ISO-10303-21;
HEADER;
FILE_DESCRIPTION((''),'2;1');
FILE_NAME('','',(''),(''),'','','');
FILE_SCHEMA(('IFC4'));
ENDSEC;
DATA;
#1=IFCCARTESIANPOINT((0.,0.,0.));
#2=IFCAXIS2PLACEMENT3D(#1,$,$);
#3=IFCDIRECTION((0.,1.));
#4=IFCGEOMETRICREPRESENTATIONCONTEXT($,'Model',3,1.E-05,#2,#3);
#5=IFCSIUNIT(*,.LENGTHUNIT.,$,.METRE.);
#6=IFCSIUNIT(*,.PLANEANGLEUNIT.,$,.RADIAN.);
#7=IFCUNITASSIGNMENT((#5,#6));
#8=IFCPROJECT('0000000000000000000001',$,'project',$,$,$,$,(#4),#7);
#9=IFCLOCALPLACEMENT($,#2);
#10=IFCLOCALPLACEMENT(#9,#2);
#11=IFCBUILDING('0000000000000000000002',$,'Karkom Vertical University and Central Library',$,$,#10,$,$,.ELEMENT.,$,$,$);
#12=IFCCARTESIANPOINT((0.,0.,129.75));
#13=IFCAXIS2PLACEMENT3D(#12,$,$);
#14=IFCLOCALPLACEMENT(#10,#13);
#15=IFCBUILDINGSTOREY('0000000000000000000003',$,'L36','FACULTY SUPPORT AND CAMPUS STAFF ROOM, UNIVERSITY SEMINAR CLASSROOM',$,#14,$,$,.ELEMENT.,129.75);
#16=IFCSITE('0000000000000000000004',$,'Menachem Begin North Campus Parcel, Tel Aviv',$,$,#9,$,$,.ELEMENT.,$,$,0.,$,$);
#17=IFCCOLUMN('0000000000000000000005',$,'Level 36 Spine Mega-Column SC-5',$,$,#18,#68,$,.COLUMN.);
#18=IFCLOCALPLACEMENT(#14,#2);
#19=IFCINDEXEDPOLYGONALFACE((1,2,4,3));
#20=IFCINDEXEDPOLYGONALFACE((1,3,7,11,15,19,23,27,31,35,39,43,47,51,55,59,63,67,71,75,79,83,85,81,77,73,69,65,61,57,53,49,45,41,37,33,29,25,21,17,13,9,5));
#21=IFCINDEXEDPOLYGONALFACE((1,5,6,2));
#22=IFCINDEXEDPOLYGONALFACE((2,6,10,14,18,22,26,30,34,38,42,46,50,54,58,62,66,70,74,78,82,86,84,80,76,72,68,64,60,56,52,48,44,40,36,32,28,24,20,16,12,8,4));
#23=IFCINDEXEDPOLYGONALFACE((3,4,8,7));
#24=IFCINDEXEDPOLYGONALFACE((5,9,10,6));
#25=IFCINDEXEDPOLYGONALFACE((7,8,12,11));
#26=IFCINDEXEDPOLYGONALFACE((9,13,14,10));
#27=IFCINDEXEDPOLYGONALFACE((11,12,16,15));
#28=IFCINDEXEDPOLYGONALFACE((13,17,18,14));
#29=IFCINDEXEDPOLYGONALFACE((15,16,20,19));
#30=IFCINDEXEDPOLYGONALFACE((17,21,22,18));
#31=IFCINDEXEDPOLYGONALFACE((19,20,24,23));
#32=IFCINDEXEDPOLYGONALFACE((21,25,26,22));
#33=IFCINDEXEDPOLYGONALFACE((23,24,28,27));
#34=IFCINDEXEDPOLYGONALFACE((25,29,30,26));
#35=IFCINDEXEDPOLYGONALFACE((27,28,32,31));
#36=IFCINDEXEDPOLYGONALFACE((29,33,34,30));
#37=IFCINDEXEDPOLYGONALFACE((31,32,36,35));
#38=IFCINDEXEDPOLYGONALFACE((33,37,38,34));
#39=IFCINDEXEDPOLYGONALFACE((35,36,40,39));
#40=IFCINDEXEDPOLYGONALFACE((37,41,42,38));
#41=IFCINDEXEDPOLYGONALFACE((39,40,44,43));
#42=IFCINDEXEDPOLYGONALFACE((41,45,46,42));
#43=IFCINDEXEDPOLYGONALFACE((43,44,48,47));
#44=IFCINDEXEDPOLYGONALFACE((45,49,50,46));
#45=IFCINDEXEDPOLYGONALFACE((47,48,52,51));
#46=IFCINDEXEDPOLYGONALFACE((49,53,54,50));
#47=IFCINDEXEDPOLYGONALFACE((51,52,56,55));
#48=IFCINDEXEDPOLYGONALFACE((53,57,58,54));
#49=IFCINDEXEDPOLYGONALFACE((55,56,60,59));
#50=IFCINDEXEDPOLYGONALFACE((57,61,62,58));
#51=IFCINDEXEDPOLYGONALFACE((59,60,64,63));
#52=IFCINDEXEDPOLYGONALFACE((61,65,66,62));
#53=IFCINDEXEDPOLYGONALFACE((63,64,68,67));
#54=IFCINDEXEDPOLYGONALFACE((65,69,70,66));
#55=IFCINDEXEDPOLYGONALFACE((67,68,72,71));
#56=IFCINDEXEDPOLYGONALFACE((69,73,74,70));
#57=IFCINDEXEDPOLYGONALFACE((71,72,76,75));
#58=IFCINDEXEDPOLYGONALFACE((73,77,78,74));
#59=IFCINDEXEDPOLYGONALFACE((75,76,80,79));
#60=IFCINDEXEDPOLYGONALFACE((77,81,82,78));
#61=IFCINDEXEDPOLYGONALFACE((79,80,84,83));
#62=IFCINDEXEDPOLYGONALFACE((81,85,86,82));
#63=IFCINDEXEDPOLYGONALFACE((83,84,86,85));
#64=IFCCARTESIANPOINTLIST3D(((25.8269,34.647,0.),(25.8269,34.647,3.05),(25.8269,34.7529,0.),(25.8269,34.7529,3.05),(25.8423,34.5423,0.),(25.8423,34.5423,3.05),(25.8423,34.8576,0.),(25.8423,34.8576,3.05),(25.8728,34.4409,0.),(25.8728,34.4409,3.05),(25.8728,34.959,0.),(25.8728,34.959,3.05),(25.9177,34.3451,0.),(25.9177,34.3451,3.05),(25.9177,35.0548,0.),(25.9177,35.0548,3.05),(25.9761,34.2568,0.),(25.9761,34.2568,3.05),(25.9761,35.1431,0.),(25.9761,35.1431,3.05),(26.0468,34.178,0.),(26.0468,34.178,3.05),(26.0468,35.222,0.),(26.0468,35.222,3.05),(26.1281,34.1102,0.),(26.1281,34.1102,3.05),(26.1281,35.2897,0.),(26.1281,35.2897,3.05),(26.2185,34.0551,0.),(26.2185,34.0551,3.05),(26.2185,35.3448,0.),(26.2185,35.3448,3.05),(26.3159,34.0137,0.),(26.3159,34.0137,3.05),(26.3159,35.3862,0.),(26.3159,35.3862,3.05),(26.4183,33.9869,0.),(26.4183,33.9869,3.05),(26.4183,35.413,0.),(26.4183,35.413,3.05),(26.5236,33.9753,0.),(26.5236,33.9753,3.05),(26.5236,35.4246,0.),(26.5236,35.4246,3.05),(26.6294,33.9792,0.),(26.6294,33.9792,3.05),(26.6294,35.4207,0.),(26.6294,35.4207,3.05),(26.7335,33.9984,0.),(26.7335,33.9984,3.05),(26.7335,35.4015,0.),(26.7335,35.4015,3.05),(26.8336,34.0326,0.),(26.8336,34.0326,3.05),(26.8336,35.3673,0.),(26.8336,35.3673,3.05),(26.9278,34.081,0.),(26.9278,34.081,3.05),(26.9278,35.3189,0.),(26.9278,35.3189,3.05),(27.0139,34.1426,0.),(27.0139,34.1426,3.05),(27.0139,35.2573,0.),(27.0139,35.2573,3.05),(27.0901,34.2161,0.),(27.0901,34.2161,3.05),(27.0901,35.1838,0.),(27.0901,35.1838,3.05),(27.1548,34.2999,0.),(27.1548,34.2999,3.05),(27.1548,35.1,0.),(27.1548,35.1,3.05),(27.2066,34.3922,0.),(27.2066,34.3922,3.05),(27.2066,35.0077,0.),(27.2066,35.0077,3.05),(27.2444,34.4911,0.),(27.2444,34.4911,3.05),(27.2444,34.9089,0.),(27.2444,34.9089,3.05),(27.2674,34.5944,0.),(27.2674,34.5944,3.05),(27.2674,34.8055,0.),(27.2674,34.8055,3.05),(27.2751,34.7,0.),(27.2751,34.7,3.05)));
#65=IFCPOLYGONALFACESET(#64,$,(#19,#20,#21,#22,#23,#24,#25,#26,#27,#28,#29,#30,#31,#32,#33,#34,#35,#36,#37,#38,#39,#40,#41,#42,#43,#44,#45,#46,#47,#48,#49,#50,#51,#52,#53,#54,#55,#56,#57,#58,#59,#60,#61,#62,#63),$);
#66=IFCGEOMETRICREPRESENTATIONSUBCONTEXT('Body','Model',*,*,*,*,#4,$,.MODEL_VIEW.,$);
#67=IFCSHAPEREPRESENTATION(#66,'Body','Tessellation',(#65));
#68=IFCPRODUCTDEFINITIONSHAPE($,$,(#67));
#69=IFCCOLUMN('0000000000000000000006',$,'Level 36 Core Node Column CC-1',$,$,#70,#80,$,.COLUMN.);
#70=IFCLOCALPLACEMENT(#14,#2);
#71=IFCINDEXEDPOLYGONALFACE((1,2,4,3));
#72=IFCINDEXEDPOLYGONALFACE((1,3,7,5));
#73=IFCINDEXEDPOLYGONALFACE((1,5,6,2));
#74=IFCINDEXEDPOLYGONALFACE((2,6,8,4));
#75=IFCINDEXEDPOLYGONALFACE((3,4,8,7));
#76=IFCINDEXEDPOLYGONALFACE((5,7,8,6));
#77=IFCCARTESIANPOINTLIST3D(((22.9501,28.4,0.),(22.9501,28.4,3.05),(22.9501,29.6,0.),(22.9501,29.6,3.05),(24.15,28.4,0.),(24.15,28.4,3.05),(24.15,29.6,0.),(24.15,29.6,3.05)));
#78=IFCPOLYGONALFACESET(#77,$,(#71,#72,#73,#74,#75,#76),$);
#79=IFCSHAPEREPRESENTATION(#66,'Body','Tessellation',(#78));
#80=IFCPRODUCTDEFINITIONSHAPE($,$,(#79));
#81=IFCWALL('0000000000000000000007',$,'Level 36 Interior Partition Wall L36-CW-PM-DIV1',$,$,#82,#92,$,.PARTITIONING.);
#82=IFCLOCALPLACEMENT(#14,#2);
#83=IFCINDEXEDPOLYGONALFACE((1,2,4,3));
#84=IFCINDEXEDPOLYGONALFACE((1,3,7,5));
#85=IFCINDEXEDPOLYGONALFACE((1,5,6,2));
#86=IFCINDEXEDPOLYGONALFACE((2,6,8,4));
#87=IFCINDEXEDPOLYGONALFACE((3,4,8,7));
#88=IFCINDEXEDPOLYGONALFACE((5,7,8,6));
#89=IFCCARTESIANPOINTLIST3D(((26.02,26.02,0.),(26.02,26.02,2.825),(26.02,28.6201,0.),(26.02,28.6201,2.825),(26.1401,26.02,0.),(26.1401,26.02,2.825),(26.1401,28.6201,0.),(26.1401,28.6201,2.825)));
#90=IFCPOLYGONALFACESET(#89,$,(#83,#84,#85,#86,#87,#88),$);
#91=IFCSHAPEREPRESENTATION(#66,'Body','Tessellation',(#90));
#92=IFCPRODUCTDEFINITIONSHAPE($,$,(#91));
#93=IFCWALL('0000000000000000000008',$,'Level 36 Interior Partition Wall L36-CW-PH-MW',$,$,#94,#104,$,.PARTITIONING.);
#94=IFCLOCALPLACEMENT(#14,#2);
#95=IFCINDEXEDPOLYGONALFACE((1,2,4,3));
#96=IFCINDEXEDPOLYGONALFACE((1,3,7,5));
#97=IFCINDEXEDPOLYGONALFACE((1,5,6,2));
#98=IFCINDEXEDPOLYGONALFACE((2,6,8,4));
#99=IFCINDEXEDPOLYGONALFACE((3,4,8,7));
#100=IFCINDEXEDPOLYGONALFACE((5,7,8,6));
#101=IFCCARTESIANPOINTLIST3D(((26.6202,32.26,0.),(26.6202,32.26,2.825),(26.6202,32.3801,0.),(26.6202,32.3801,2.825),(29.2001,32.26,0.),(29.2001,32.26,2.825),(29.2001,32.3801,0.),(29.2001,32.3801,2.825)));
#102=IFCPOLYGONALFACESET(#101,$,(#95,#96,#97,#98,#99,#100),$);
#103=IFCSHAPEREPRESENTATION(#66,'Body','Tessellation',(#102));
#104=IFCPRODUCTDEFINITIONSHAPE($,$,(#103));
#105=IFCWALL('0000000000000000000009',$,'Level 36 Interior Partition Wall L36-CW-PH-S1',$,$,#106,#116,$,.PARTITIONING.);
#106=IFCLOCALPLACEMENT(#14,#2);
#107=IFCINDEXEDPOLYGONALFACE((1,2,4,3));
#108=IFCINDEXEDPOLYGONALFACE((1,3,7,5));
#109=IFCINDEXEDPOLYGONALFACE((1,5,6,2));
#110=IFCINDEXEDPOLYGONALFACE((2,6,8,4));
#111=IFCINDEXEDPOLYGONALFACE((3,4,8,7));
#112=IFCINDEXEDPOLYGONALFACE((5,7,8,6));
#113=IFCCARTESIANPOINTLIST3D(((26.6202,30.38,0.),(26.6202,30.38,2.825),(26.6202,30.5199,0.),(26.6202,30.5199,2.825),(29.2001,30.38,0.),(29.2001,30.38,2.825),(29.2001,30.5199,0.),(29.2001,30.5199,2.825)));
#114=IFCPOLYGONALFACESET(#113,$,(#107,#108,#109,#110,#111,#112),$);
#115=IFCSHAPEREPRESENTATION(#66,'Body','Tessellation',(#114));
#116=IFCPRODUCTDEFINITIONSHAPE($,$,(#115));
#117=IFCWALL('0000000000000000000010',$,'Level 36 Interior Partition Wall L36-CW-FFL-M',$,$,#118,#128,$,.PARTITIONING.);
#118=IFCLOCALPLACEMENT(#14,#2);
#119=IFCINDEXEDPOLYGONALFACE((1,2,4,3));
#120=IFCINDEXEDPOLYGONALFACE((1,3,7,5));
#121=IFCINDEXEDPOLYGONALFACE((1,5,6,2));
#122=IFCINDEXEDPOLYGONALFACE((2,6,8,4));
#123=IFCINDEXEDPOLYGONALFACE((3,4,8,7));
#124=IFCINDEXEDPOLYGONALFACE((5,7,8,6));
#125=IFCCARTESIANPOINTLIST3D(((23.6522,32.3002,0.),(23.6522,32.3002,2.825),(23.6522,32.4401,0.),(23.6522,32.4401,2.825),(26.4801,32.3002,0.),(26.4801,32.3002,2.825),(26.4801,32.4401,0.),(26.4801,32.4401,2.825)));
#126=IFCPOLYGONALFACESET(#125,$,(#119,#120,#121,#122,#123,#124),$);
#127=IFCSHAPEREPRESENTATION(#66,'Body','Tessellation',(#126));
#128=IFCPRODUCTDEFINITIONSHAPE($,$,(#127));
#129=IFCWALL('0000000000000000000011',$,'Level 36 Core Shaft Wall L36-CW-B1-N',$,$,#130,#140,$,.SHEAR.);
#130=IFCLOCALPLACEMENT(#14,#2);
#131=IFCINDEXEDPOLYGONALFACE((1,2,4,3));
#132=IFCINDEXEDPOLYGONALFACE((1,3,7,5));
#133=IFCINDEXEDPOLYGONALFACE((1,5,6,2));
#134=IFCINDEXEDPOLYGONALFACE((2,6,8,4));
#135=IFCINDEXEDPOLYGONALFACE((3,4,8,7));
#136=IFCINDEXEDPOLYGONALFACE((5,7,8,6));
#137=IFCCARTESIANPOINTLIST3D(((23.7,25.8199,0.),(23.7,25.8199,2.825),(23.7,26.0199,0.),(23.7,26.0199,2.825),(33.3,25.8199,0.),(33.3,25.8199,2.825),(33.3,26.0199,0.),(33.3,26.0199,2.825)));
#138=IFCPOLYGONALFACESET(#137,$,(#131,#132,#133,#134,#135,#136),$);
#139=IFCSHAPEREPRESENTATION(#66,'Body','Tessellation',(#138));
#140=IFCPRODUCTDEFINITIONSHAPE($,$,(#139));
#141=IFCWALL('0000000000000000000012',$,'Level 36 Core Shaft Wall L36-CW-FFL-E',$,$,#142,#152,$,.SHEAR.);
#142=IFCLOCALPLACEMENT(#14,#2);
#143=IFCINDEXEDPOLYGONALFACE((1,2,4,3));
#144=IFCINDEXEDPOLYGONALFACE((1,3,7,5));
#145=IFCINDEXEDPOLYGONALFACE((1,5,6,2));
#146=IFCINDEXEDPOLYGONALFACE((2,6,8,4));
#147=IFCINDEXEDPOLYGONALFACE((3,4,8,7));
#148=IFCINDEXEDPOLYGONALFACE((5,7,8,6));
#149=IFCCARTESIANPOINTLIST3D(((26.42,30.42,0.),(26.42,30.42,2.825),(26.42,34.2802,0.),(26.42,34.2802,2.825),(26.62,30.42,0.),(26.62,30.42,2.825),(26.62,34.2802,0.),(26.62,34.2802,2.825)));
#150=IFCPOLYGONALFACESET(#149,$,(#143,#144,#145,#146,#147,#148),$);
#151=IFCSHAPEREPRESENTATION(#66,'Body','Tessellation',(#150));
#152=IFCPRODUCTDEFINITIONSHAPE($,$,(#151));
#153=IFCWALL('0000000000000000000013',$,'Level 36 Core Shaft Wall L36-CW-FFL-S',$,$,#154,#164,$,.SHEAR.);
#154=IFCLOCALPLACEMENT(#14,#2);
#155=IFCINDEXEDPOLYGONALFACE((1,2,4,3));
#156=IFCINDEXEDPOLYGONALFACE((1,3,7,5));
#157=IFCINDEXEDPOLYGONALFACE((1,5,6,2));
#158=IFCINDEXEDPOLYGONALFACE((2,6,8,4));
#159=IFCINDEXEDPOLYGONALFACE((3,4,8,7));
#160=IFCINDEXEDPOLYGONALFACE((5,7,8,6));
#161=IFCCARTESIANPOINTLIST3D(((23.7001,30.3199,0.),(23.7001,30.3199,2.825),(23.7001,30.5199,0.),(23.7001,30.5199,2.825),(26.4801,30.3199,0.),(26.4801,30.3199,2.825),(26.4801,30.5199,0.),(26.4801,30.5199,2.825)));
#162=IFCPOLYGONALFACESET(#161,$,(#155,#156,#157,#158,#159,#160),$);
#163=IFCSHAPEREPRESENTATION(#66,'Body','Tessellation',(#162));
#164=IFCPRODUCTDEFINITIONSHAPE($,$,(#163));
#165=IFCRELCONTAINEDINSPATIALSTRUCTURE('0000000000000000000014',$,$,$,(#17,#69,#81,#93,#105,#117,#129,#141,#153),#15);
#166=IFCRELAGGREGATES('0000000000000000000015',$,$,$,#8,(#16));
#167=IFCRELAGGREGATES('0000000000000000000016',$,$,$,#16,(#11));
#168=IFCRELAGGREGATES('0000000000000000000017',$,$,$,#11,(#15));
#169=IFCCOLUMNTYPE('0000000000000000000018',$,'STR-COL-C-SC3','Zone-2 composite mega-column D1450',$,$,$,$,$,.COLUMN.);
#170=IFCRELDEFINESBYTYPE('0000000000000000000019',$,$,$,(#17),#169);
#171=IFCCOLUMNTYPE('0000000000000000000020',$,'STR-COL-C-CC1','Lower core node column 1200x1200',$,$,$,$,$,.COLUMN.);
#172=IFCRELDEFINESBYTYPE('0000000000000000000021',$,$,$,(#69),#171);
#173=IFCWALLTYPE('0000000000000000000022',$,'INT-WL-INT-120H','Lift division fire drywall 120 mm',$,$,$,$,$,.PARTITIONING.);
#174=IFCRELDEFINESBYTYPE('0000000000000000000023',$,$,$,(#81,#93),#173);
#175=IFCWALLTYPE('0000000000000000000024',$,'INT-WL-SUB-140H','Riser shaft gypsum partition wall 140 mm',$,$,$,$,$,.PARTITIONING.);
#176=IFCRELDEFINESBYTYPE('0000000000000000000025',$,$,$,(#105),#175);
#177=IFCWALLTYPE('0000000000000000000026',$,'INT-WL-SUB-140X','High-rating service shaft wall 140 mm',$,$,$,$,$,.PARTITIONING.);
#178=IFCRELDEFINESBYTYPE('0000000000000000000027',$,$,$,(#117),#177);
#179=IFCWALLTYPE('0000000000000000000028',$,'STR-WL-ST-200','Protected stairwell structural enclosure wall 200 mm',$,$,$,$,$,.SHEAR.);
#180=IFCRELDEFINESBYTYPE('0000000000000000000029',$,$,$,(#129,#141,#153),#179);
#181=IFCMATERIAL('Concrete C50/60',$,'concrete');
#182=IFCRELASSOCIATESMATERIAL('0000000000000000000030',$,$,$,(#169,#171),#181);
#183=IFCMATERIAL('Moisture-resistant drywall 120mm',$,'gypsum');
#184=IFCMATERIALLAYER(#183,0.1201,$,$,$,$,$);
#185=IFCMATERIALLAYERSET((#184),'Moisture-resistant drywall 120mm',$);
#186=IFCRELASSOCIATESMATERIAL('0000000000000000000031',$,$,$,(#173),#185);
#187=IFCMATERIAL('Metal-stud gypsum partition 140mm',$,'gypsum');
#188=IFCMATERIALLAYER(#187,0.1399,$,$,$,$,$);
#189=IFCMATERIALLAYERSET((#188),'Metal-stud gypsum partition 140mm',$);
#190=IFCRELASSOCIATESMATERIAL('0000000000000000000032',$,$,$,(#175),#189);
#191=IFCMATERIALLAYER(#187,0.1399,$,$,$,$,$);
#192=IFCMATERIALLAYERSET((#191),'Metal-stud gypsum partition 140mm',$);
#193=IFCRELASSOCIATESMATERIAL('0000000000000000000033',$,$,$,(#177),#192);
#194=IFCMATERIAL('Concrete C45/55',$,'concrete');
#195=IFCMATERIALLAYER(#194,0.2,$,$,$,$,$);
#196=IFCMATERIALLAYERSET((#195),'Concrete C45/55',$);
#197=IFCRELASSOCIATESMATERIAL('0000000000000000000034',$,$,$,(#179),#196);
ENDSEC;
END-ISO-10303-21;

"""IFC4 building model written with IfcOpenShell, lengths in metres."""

from ifc_helpers import new_model, si_unit, direction, frame, frame_2d, origin, origin_with_axes, origin_2d, place, context, subcontext, project, spatial, rectangle, circle, extrude, source, transform, mapped, material, layer, layer_set, material_profile, profile_set, type_object, element, save


model = new_model("IFC4")

# Units and contexts
model_context = context("Model", 3, precision=1e-05, world=origin(), true_north=direction((0.0, 1.0)))
body_context = subcontext(model_context, "Body", "Model", "MODEL_VIEW")
ifc_project = project(units=[si_unit("LENGTHUNIT", "METRE"), si_unit("PLANEANGLEUNIT", "RADIAN")], contexts=[model_context])

# Site, building, storey
site_placement = place(None, origin())
site = spatial("IfcSite", under=ifc_project, at=site_placement, Name="Menachem Begin North Campus Parcel, Tel Aviv", CompositionType="ELEMENT", RefElevation=0.0)
building_placement = place(site_placement, origin())
building = spatial("IfcBuilding", under=site, at=building_placement, Name="Karkom Vertical University and Central Library", CompositionType="ELEMENT")
storey_placement = place(building_placement, frame((0.0, 0.0, 129.75)))
storey = spatial("IfcBuildingStorey", under=building, at=storey_placement, Name="L36", Description="FACULTY SUPPORT AND CAMPUS STAFF ROOM, UNIVERSITY SEMINAR CLASSROOM", CompositionType="ELEMENT", Elevation=129.75)

# Columns
ifc_material_1 = material(Name="Concrete C50/60", Category="concrete")
ifc_material_profile_1 = material_profile(ifc_material_1, circle(Radius=0.7251, at=origin_2d()), Name="CFT-D1450")
ifc_profile_set_1 = profile_set([ifc_material_profile_1], Name="Concrete C50/60")
column_type_1 = type_object("IfcColumnType", Name="STR-COL-C-SC3", Description="Zone-2 composite mega-column D1450", PredefinedType="COLUMN", material=ifc_profile_set_1)
shared_shape_1 = source(origin_with_axes(), body_context, "Body", "SweptSolid", [
    extrude(circle(Radius=0.7251, at=origin_2d()), origin(), (0.0, 0.0, 1.0), 3.05),
])
column_1_placement = place(storey_placement, frame((26.55, 34.7, 0.0), z_axis=(0.0, 0.0, 1.0), x_axis=(1.0, 0.0, 0.0)))
element("IfcColumn", 1, at=column_1_placement, inside=storey, type_object=column_type_1, Name="Level 36 Spine Mega-Column SC-5", PredefinedType="COLUMN", context=body_context, shape_type="MappedRepresentation", body=[
    mapped(shared_shape_1, transform((0.0, 0.0, 0.0), scale=1.0)),
])
ifc_material_profile_2 = material_profile(ifc_material_1, rectangle(XDim=1.2, YDim=1.2, at=origin_2d()), Name="RC-1200x1200")
ifc_profile_set_2 = profile_set([ifc_material_profile_2], Name="Concrete C50/60")
column_type_2 = type_object("IfcColumnType", Name="STR-COL-C-CC1", Description="Lower core node column 1200x1200", PredefinedType="COLUMN", material=ifc_profile_set_2)
shared_shape_2 = source(origin_with_axes(), body_context, "Body", "SweptSolid", [
    extrude(rectangle(XDim=1.2, YDim=1.2, at=origin_2d()), origin(), (0.0, 0.0, 1.0), 3.05),
])
column_2_placement = place(storey_placement, frame((23.55, 29.0, 0.0), z_axis=(0.0, 0.0, 1.0), x_axis=(1.0, 0.0, 0.0)))
element("IfcColumn", 2, at=column_2_placement, inside=storey, type_object=column_type_2, Name="Level 36 Core Node Column CC-1", PredefinedType="COLUMN", context=body_context, shape_type="MappedRepresentation", body=[
    mapped(shared_shape_2, transform((0.0, 0.0, 0.0), scale=1.0)),
])

# Walls
ifc_material_2 = material(Name="Moisture-resistant drywall 120mm", Category="gypsum")
ifc_layer_1 = layer(ifc_material_2, 0.1201)
ifc_layer_set_1 = layer_set([ifc_layer_1], Name="Moisture-resistant drywall 120mm")
wall_type_1 = type_object("IfcWallType", Name="INT-WL-INT-120H", Description="Lift division fire drywall 120 mm", PredefinedType="PARTITIONING", material=ifc_layer_set_1)
wall_1_placement = place(storey_placement, frame((26.0801, 26.02, 0.0), z_axis=(0.0, 0.0, 1.0), x_axis=(0.0, 1.0, 0.0)))
element("IfcWall", 3, at=wall_1_placement, inside=storey, type_object=wall_type_1, Name="Level 36 Interior Partition Wall L36-CW-PM-DIV1", PredefinedType="PARTITIONING", context=body_context, shape_type="SweptSolid", body=[
    extrude(rectangle(XDim=2.6001, YDim=0.1201, at=frame_2d((1.3, 0.0))), origin(), (0.0, 0.0, 1.0), 2.825),
])
wall_2_placement = place(storey_placement, frame((26.6201, 32.3201, 0.0), z_axis=(0.0, 0.0, 1.0), x_axis=(1.0, 0.0, 0.0)))
element("IfcWall", 4, at=wall_2_placement, inside=storey, type_object=wall_type_1, Name="Level 36 Interior Partition Wall L36-CW-PH-MW", PredefinedType="PARTITIONING", context=body_context, shape_type="SweptSolid", body=[
    extrude(rectangle(XDim=2.5798, YDim=0.1201, at=frame_2d((1.29, 0.0))), origin(), (0.0, 0.0, 1.0), 2.825),
])
ifc_material_3 = material(Name="Metal-stud gypsum partition 140mm", Category="gypsum")
ifc_layer_2 = layer(ifc_material_3, 0.1399)
ifc_layer_set_2 = layer_set([ifc_layer_2], Name="Metal-stud gypsum partition 140mm")
wall_type_2 = type_object("IfcWallType", Name="INT-WL-SUB-140H", Description="Riser shaft gypsum partition wall 140 mm", PredefinedType="PARTITIONING", material=ifc_layer_set_2)
wall_3_placement = place(storey_placement, frame((26.6201, 30.45, 0.0), z_axis=(0.0, 0.0, 1.0), x_axis=(1.0, 0.0, 0.0)))
element("IfcWall", 5, at=wall_3_placement, inside=storey, type_object=wall_type_2, Name="Level 36 Interior Partition Wall L36-CW-PH-S1", PredefinedType="PARTITIONING", context=body_context, shape_type="SweptSolid", body=[
    extrude(rectangle(XDim=2.5798, YDim=0.1399, at=frame_2d((1.29, 0.0))), origin(), (0.0, 0.0, 1.0), 2.825),
])
ifc_layer_3 = layer(ifc_material_3, 0.1399)
ifc_layer_set_3 = layer_set([ifc_layer_3], Name="Metal-stud gypsum partition 140mm")
wall_type_3 = type_object("IfcWallType", Name="INT-WL-SUB-140X", Description="High-rating service shaft wall 140 mm", PredefinedType="PARTITIONING", material=ifc_layer_set_3)
wall_4_placement = place(storey_placement, frame((23.6521, 32.3701, 0.0), z_axis=(0.0, 0.0, 1.0), x_axis=(1.0, 0.0, 0.0)))
element("IfcWall", 6, at=wall_4_placement, inside=storey, type_object=wall_type_3, Name="Level 36 Interior Partition Wall L36-CW-FFL-M", PredefinedType="PARTITIONING", context=body_context, shape_type="SweptSolid", body=[
    extrude(rectangle(XDim=2.8279, YDim=0.1399, at=frame_2d((1.4141, 0.0))), origin(), (0.0, 0.0, 1.0), 2.825),
])

# Wall
ifc_material_4 = material(Name="Concrete C45/55", Category="concrete")
ifc_layer_4 = layer(ifc_material_4, 0.2)
ifc_layer_set_4 = layer_set([ifc_layer_4], Name="Concrete C45/55")
wall_type_4 = type_object("IfcWallType", Name="STR-WL-ST-200", Description="Protected stairwell structural enclosure wall 200 mm", PredefinedType="SHEAR", material=ifc_layer_set_4)
wall_5_placement = place(storey_placement, frame((23.7, 25.9199, 0.0), z_axis=(0.0, 0.0, 1.0), x_axis=(1.0, 0.0, 0.0)))
element("IfcWall", 7, at=wall_5_placement, inside=storey, type_object=wall_type_4, Name="Level 36 Core Shaft Wall L36-CW-B1-N", PredefinedType="SHEAR", context=body_context, shape_type="SweptSolid", body=[
    extrude(rectangle(XDim=9.6001, YDim=0.2, at=frame_2d((4.8, 0.0))), origin(), (0.0, 0.0, 1.0), 2.825),
])

# Walls
wall_6_placement = place(storey_placement, frame((26.52, 30.4199, 0.0), z_axis=(0.0, 0.0, 1.0), x_axis=(0.0, 1.0, 0.0)))
element("IfcWall", 8, at=wall_6_placement, inside=storey, type_object=wall_type_4, Name="Level 36 Core Shaft Wall L36-CW-FFL-E", PredefinedType="SHEAR", context=body_context, shape_type="SweptSolid", body=[
    extrude(rectangle(XDim=3.8601, YDim=0.2, at=frame_2d((1.9302, 0.0))), origin(), (0.0, 0.0, 1.0), 2.825),
])
wall_7_placement = place(storey_placement, frame((23.7, 30.4199, 0.0), z_axis=(0.0, 0.0, 1.0), x_axis=(1.0, 0.0, 0.0)))
element("IfcWall", 9, at=wall_7_placement, inside=storey, type_object=wall_type_4, Name="Level 36 Core Shaft Wall L36-CW-FFL-S", PredefinedType="SHEAR", context=body_context, shape_type="SweptSolid", body=[
    extrude(rectangle(XDim=2.78, YDim=0.2, at=frame_2d((1.3901, 0.0))), origin(), (0.0, 0.0, 1.0), 2.825),
])

save(model, "model.ifc")
